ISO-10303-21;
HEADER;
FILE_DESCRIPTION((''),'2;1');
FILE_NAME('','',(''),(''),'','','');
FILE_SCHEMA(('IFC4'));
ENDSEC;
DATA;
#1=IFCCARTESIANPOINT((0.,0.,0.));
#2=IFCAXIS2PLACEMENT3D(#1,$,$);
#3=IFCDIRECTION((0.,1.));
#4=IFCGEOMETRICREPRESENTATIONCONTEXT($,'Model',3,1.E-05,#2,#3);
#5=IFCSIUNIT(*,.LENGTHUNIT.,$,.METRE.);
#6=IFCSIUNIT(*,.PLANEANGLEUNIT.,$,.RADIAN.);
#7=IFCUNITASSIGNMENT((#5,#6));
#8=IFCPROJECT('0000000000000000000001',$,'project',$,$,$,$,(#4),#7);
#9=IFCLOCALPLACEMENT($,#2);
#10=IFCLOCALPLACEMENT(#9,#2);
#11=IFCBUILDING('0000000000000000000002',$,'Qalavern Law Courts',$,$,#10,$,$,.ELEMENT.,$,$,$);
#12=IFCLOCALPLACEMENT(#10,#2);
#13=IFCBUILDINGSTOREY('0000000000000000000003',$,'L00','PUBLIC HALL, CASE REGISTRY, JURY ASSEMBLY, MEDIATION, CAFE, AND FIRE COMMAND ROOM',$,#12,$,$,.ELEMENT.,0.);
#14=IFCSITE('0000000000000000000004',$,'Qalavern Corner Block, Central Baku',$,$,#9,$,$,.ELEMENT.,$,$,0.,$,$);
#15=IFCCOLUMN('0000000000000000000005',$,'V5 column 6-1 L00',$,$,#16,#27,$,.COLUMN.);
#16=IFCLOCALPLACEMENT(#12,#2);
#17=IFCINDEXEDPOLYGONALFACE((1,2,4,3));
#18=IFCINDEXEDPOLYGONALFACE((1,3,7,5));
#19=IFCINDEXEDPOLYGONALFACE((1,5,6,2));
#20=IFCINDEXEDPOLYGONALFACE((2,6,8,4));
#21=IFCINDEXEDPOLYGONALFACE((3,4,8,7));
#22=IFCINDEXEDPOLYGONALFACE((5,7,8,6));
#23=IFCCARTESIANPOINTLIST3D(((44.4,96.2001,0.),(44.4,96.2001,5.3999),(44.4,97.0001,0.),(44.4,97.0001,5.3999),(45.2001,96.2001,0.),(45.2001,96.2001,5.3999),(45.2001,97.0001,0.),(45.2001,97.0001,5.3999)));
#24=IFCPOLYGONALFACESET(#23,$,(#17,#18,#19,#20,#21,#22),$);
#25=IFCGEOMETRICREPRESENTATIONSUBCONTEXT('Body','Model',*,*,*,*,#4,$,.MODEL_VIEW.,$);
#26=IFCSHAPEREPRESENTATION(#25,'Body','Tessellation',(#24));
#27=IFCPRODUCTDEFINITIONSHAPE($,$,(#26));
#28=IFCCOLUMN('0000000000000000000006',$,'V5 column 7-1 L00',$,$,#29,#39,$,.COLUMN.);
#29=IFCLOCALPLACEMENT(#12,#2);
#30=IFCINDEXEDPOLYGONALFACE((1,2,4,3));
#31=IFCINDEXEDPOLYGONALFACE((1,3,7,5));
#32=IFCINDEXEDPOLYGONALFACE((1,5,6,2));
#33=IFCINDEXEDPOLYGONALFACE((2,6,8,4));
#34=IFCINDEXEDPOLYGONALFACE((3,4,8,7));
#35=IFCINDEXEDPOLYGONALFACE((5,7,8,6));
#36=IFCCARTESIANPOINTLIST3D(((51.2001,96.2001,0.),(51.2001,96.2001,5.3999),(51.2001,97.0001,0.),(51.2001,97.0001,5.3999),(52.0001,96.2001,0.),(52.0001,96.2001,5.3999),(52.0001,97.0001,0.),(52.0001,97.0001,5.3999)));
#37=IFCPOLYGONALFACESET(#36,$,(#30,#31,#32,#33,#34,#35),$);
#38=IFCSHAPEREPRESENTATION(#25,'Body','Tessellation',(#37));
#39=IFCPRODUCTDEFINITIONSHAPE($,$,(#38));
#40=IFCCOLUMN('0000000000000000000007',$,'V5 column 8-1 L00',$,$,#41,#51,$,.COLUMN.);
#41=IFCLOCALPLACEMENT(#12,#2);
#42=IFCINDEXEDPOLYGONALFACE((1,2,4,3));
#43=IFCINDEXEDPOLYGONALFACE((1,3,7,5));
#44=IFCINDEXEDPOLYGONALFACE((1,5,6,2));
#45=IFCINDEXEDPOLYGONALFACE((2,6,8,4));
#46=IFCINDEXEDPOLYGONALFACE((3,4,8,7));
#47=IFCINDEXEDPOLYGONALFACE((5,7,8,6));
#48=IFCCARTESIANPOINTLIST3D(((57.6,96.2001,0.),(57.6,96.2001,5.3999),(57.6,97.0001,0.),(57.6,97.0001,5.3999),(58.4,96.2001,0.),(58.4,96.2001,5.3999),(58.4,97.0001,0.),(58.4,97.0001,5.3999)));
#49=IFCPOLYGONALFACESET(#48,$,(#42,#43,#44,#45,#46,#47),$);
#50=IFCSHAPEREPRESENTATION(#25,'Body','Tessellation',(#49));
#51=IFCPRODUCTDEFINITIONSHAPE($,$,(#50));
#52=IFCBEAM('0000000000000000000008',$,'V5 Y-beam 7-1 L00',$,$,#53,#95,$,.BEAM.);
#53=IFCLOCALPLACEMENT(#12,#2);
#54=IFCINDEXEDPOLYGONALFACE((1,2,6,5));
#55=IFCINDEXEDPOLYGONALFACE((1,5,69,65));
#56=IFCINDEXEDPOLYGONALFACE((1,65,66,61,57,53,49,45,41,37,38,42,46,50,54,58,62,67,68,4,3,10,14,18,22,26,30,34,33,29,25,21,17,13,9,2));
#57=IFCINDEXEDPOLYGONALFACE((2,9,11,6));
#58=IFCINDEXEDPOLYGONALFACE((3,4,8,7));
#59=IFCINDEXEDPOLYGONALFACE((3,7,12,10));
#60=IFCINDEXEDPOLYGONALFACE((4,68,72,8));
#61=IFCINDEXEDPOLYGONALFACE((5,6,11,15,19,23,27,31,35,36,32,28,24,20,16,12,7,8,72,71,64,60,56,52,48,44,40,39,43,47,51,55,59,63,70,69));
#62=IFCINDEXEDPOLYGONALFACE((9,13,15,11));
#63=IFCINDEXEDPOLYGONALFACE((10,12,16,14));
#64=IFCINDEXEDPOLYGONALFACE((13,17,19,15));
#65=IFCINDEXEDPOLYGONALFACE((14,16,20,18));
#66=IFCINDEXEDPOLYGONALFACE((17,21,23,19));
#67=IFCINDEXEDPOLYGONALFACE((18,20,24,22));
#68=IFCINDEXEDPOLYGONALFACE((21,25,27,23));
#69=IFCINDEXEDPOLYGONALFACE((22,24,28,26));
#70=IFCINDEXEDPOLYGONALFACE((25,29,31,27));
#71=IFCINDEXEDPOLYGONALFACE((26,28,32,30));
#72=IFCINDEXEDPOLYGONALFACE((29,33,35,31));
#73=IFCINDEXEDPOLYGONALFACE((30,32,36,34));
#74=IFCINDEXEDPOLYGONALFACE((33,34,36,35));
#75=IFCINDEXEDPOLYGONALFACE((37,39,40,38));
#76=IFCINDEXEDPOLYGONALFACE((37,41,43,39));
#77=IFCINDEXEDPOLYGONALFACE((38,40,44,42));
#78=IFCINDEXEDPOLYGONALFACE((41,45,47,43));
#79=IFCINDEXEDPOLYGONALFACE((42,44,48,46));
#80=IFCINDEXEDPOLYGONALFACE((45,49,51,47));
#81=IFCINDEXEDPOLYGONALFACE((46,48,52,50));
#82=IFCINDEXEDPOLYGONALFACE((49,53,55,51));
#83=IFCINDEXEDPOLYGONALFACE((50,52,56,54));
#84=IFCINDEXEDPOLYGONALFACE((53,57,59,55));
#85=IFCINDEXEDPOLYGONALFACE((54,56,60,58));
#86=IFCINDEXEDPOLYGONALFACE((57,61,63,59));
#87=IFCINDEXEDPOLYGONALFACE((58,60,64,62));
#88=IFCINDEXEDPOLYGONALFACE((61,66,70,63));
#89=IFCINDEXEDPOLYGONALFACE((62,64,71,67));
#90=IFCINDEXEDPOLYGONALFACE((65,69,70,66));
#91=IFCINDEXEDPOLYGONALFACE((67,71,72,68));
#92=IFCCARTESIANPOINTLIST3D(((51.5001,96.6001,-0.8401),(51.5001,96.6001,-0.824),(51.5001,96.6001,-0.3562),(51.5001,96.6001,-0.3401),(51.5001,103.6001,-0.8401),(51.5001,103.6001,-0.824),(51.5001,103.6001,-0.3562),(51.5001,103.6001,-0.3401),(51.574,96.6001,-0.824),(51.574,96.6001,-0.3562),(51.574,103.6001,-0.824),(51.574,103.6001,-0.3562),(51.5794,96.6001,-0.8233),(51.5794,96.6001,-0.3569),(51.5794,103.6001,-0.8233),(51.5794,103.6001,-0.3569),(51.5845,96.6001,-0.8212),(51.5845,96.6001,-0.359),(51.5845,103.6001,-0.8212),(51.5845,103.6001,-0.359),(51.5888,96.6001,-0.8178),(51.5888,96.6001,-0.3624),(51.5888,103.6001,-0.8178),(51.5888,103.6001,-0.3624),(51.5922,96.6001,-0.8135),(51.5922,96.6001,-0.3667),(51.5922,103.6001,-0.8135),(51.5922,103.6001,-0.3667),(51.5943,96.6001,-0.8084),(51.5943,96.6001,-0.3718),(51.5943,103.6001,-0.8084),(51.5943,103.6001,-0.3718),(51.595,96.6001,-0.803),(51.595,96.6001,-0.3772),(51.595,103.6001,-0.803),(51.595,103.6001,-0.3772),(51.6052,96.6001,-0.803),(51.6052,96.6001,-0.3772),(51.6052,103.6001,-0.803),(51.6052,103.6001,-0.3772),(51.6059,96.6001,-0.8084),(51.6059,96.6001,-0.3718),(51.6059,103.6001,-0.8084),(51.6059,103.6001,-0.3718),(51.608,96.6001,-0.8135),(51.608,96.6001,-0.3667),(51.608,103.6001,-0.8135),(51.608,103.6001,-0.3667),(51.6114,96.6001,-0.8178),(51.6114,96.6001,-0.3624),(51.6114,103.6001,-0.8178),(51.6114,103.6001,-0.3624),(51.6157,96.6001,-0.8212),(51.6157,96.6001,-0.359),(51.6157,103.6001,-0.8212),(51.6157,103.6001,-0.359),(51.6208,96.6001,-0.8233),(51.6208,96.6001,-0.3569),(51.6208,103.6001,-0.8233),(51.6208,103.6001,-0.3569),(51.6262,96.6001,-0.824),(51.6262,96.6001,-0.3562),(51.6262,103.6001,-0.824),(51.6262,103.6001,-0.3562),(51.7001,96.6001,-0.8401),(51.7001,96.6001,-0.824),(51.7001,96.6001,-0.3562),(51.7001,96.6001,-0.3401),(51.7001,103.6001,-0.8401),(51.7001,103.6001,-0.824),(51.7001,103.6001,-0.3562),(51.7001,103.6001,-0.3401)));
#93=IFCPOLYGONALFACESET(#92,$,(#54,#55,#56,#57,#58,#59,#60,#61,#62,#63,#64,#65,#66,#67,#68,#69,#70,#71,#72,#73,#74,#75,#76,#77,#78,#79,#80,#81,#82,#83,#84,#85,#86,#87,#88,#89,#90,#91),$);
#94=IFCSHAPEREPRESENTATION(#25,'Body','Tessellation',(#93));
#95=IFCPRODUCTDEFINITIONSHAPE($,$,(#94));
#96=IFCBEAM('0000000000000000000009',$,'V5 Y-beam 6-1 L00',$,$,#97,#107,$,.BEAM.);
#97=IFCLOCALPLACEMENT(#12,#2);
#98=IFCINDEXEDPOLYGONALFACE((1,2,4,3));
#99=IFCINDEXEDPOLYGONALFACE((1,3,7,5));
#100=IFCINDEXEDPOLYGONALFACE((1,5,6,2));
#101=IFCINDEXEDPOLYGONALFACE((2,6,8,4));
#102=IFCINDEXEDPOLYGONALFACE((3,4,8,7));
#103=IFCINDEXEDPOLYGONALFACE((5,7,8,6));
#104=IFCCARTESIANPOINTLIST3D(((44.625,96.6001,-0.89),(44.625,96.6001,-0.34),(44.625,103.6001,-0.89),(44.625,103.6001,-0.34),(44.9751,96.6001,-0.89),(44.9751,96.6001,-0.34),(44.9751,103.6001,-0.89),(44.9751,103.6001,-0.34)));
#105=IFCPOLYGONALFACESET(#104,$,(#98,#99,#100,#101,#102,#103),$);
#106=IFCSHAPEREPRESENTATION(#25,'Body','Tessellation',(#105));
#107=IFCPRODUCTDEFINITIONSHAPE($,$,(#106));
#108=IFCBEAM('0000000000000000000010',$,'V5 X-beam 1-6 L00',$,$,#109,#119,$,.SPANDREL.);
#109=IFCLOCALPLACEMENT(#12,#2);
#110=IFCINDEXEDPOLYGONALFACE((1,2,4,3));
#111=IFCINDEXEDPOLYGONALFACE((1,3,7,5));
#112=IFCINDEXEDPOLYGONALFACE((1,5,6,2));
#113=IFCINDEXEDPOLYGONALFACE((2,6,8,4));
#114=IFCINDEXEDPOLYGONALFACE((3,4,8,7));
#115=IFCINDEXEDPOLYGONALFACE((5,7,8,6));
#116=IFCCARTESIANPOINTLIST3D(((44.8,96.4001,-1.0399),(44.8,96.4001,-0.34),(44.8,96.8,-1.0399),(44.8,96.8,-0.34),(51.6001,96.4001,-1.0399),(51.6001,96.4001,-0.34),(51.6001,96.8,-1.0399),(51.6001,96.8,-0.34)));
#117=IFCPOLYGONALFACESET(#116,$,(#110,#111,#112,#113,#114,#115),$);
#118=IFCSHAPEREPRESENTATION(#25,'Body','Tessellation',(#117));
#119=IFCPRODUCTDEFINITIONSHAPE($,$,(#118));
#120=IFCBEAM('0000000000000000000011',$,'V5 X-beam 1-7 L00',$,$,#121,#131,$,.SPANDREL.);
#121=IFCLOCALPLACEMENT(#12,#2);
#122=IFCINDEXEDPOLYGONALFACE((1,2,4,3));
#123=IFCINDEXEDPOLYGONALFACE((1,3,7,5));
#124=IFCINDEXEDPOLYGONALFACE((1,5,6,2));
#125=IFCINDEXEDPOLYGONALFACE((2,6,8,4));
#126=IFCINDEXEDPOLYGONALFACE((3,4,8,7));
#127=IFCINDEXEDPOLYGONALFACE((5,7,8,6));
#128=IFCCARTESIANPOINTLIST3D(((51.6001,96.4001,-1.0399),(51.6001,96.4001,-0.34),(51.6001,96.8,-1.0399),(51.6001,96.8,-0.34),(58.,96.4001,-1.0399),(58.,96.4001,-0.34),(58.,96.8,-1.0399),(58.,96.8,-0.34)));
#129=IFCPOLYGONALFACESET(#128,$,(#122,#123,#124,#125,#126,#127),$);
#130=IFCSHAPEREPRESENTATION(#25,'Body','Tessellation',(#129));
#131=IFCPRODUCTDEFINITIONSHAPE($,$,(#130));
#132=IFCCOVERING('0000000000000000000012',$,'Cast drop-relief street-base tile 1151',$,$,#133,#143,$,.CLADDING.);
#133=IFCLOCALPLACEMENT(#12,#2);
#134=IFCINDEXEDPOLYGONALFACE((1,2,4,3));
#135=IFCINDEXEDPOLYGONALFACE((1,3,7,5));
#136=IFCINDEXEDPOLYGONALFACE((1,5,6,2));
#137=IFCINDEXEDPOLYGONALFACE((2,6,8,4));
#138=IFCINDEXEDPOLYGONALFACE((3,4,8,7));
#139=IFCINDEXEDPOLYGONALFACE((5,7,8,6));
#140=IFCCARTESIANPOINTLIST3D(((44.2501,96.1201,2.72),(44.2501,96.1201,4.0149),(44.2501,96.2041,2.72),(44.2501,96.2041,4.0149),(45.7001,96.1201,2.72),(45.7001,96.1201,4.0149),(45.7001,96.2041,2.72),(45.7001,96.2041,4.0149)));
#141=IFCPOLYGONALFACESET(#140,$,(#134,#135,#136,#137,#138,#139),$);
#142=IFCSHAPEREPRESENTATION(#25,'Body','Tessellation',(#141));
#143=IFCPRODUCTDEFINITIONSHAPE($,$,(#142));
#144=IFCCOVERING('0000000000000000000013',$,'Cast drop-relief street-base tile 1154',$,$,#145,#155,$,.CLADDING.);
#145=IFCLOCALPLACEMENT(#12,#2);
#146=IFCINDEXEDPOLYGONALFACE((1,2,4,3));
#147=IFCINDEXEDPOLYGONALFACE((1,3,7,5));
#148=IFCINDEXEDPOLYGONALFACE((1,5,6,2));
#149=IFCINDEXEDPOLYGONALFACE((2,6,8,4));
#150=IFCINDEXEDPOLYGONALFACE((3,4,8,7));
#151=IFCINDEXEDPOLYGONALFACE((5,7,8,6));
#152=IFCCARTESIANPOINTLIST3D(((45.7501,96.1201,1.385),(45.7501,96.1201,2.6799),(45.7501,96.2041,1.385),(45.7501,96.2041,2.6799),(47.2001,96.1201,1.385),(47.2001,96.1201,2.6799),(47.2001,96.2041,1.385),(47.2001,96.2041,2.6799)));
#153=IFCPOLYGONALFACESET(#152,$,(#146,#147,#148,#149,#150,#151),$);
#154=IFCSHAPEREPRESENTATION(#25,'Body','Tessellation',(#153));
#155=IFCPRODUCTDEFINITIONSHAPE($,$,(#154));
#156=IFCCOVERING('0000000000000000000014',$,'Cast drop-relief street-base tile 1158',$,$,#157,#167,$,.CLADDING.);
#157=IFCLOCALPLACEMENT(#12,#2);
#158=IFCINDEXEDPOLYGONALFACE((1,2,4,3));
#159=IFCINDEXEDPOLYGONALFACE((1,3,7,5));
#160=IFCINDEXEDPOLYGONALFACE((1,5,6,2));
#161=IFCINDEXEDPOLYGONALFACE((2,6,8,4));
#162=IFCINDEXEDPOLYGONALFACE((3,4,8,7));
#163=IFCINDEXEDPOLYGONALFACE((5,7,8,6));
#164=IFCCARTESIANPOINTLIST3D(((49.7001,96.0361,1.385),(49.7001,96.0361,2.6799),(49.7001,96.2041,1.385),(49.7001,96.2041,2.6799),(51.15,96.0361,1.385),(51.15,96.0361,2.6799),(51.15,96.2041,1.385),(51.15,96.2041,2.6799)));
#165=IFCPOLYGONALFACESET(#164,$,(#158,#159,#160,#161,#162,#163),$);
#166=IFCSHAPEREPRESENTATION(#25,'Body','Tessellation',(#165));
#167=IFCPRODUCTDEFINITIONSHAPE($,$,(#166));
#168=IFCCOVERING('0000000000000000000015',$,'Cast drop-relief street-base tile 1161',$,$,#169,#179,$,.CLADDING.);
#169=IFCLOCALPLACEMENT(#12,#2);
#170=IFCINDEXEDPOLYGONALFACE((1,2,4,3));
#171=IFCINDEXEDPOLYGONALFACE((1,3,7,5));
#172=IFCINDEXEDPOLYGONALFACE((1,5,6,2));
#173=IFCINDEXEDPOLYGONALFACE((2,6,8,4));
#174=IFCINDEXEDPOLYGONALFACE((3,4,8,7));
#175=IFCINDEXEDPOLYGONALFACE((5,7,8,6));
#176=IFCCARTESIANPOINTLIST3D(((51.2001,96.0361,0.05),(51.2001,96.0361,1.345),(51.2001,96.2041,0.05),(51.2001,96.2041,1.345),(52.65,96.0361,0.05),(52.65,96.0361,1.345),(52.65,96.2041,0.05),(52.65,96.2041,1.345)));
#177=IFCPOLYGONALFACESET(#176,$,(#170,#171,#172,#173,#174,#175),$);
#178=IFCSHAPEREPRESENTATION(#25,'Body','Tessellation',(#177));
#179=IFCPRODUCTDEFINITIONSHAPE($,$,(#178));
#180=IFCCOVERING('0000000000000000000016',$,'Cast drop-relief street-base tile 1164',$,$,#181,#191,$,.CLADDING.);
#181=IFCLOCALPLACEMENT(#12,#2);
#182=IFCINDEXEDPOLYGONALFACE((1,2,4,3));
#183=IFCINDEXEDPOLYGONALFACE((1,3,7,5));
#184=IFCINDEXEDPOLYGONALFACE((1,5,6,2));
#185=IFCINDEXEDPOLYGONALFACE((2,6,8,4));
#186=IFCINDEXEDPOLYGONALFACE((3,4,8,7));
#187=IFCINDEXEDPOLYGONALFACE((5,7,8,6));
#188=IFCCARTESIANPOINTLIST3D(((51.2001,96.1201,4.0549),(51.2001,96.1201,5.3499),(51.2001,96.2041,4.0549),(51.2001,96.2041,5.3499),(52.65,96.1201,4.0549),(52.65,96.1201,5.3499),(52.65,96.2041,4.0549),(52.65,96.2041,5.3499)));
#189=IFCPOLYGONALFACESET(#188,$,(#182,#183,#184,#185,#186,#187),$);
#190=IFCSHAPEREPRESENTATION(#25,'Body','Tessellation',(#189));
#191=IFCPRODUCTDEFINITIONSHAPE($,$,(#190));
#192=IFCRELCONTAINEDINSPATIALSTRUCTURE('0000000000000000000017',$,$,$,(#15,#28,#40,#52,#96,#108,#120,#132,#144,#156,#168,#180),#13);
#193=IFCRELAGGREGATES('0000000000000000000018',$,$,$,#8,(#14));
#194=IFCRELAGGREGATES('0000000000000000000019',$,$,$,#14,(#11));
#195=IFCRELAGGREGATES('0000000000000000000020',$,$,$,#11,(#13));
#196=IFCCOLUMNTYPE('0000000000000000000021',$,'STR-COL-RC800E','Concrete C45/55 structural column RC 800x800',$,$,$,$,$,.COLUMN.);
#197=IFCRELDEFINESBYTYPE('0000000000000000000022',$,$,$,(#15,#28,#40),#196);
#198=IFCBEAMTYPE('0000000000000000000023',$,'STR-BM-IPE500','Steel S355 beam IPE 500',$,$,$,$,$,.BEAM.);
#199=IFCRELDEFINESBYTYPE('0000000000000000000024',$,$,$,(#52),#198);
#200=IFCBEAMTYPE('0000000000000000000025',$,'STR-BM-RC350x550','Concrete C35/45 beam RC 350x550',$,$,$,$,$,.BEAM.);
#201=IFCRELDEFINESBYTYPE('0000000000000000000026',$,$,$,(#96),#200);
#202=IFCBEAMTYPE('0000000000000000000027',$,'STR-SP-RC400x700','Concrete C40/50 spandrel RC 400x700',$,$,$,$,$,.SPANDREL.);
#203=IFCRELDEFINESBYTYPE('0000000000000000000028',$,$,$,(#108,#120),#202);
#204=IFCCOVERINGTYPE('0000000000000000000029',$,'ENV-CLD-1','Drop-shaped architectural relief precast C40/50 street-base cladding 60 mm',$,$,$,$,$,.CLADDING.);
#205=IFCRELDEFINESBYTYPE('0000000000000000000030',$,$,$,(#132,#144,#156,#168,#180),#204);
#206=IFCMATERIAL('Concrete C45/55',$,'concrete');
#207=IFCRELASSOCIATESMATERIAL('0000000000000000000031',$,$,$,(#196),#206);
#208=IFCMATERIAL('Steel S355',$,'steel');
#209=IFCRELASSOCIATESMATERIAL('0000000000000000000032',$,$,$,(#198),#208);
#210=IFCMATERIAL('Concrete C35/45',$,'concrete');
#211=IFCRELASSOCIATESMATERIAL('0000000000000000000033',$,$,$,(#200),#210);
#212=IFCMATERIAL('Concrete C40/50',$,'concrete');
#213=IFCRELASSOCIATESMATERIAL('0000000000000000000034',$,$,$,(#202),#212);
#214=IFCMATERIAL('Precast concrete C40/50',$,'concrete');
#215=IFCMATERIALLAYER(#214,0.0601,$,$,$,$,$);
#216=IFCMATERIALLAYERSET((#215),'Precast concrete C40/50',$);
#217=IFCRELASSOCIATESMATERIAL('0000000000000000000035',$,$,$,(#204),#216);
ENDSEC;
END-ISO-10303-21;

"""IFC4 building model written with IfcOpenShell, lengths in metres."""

from ifc_helpers import new_model, si_unit, direction, frame, origin, origin_2d, place, context, subcontext, project, spatial, rectangle, i_section, extrude, material, layer, layer_set, material_profile, profile_set, type_object, element, save


model = new_model("IFC4")

# Units and contexts
model_context = context("Model", 3, precision=1e-05, world=origin(), true_north=direction((0.0, 1.0)))
body_context = subcontext(model_context, "Body", "Model", "MODEL_VIEW")
ifc_project = project(units=[si_unit("LENGTHUNIT", "METRE"), si_unit("PLANEANGLEUNIT", "RADIAN")], contexts=[model_context])

# Site, building, storey
site_placement = place(None, origin())
site = spatial("IfcSite", under=ifc_project, at=site_placement, Name="Qalavern Corner Block, Central Baku", CompositionType="ELEMENT", RefElevation=0.0)
building_placement = place(site_placement, origin())
building = spatial("IfcBuilding", under=site, at=building_placement, Name="Qalavern Law Courts", CompositionType="ELEMENT")
storey_placement = place(building_placement, origin())
storey = spatial("IfcBuildingStorey", under=building, at=storey_placement, Name="L00", Description="PUBLIC HALL, CASE REGISTRY, JURY ASSEMBLY, MEDIATION, CAFE, AND FIRE COMMAND ROOM", CompositionType="ELEMENT", Elevation=0.0)

# Columns
ifc_material_1 = material(Name="Concrete C45/55", Category="concrete")
ifc_material_profile_1 = material_profile(ifc_material_1, rectangle(XDim=0.8, YDim=0.8, at=origin_2d()), Name="RC 800x800")
ifc_profile_set_1 = profile_set([ifc_material_profile_1], Name="Concrete C45/55")
column_type = type_object("IfcColumnType", Name="STR-COL-RC800E", Description="Concrete C45/55 structural column RC 800x800", PredefinedType="COLUMN", material=ifc_profile_set_1)
for number, where, z_axis, x_axis, name in (
    (1, (44.8, 96.6001, 0.0), (0.0, 0.0, 1.0), (1.0, 0.0, 0.0), "V5 column 6-1 L00"),
    (2, (51.6001, 96.6001, 0.0), (0.0, 0.0, 1.0), (1.0, 0.0, 0.0), "V5 column 7-1 L00"),
    (3, (58.0, 96.6001, 0.0), (0.0, 0.0, 1.0), (1.0, 0.0, 0.0), "V5 column 8-1 L00"),
):
    element("IfcColumn", number, at=place(storey_placement, frame(where, z_axis=z_axis, x_axis=x_axis)), inside=storey, type_object=column_type, Name=name, PredefinedType="COLUMN", context=body_context, shape_type="SweptSolid", body=[
        extrude(rectangle(XDim=0.8, YDim=0.8, at=origin_2d()), origin(), (0.0, 0.0, 1.0), 5.3999),
    ])

# Beams
ifc_material_2 = material(Name="Steel S355", Category="steel")
ifc_material_profile_2 = material_profile(ifc_material_2, i_section(OverallWidth=0.2, OverallDepth=0.5, WebThickness=0.0103, FlangeThickness=0.0161, FilletRadius=0.021, at=origin_2d()), Name="IPE 500")
ifc_profile_set_2 = profile_set([ifc_material_profile_2], Name="Steel S355")
beam_type_1 = type_object("IfcBeamType", Name="STR-BM-IPE500", Description="Steel S355 beam IPE 500", PredefinedType="BEAM", material=ifc_profile_set_2)
beam_1_placement = place(storey_placement, frame((51.6001, 96.6001, -0.5901), z_axis=(0.0, 1.0, 0.0), x_axis=(-1.0, 0.0, 0.0)))
element("IfcBeam", 4, at=beam_1_placement, inside=storey, type_object=beam_type_1, Name="V5 Y-beam 7-1 L00", PredefinedType="BEAM", context=body_context, shape_type="SweptSolid", body=[
    extrude(i_section(OverallWidth=0.2, OverallDepth=0.5, WebThickness=0.0103, FlangeThickness=0.0161, FilletRadius=0.021, at=origin_2d()), origin(), (0.0, 0.0, 1.0), 7.0),
])
ifc_material_3 = material(Name="Concrete C35/45", Category="concrete")
ifc_material_profile_3 = material_profile(ifc_material_3, rectangle(XDim=0.3501, YDim=0.55, at=origin_2d()), Name="RC 350x550")
ifc_profile_set_3 = profile_set([ifc_material_profile_3], Name="Concrete C35/45")
beam_type_2 = type_object("IfcBeamType", Name="STR-BM-RC350x550", Description="Concrete C35/45 beam RC 350x550", PredefinedType="BEAM", material=ifc_profile_set_3)
beam_2_placement = place(storey_placement, frame((44.8, 96.6001, -0.615), z_axis=(0.0, 1.0, 0.0), x_axis=(-1.0, 0.0, 0.0)))
element("IfcBeam", 5, at=beam_2_placement, inside=storey, type_object=beam_type_2, Name="V5 Y-beam 6-1 L00", PredefinedType="BEAM", context=body_context, shape_type="SweptSolid", body=[
    extrude(rectangle(XDim=0.3501, YDim=0.55, at=origin_2d()), origin(), (0.0, 0.0, 1.0), 7.0),
])
ifc_material_4 = material(Name="Concrete C40/50", Category="concrete")
ifc_material_profile_4 = material_profile(ifc_material_4, rectangle(XDim=0.3999, YDim=0.7, at=origin_2d()), Name="RC 400x700")
ifc_profile_set_4 = profile_set([ifc_material_profile_4], Name="Concrete C40/50")
beam_type_3 = type_object("IfcBeamType", Name="STR-SP-RC400x700", Description="Concrete C40/50 spandrel RC 400x700", PredefinedType="SPANDREL", material=ifc_profile_set_4)
beam_3_placement = place(storey_placement, frame((44.8, 96.6001, -0.6899), z_axis=(1.0, 0.0, 0.0), x_axis=(0.0, 1.0, 0.0)))
element("IfcBeam", 6, at=beam_3_placement, inside=storey, type_object=beam_type_3, Name="V5 X-beam 1-6 L00", PredefinedType="SPANDREL", context=body_context, shape_type="SweptSolid", body=[
    extrude(rectangle(XDim=0.3999, YDim=0.7, at=origin_2d()), origin(), (0.0, 0.0, 1.0), 6.8),
])
beam_4_placement = place(storey_placement, frame((51.6001, 96.6001, -0.6899), z_axis=(1.0, 0.0, 0.0), x_axis=(0.0, 1.0, 0.0)))
element("IfcBeam", 7, at=beam_4_placement, inside=storey, type_object=beam_type_3, Name="V5 X-beam 1-7 L00", PredefinedType="SPANDREL", context=body_context, shape_type="SweptSolid", body=[
    extrude(rectangle(XDim=0.3999, YDim=0.7, at=origin_2d()), origin(), (0.0, 0.0, 1.0), 6.3999),
])

# Coverings
ifc_material_5 = material(Name="Precast concrete C40/50", Category="concrete")
ifc_layer_1 = layer(ifc_material_5, 0.0601)
ifc_layer_set_1 = layer_set([ifc_layer_1], Name="Precast concrete C40/50")
covering_type_1 = type_object("IfcCoveringType", Name="ENV-CLD-1", Description="Drop-shaped architectural relief precast C40/50 street-base cladding 60 mm", PredefinedType="CLADDING", material=ifc_layer_set_1)
for number, where, z_axis, x_axis, name in (
    (8, (44.9751, 96.1621, 2.72), (0.0, 0.0, 1.0), (1.0, 0.0, 0.0), "Cast drop-relief street-base tile 1151"),
    (9, (46.4751, 96.1621, 1.385), (0.0, 0.0, 1.0), (1.0, 0.0, 0.0), "Cast drop-relief street-base tile 1154"),
):
    element("IfcCovering", number, at=place(storey_placement, frame(where, z_axis=z_axis, x_axis=x_axis)), inside=storey, type_object=covering_type_1, Name=name, PredefinedType="CLADDING", context=body_context, shape_type="SweptSolid", body=[
        extrude(rectangle(XDim=1.45, YDim=0.084, at=origin_2d()), origin(), (0.0, 0.0, 1.0), 1.2949),
    ])
for number, where, z_axis, x_axis, name in (
    (10, (50.425, 96.1201, 1.385), (0.0, 0.0, 1.0), (1.0, 0.0, 0.0), "Cast drop-relief street-base tile 1158"),
    (11, (51.925, 96.1201, 0.05), (0.0, 0.0, 1.0), (1.0, 0.0, 0.0), "Cast drop-relief street-base tile 1161"),
):
    element("IfcCovering", number, at=place(storey_placement, frame(where, z_axis=z_axis, x_axis=x_axis)), inside=storey, type_object=covering_type_1, Name=name, PredefinedType="CLADDING", context=body_context, shape_type="SweptSolid", body=[
        extrude(rectangle(XDim=1.45, YDim=0.168, at=origin_2d()), origin(), (0.0, 0.0, 1.0), 1.2949),
    ])
for number, where, z_axis, x_axis, name in (
    (12, (51.925, 96.1621, 4.0549), (0.0, 0.0, 1.0), (1.0, 0.0, 0.0), "Cast drop-relief street-base tile 1164"),
):
    element("IfcCovering", number, at=place(storey_placement, frame(where, z_axis=z_axis, x_axis=x_axis)), inside=storey, type_object=covering_type_1, Name=name, PredefinedType="CLADDING", context=body_context, shape_type="SweptSolid", body=[
        extrude(rectangle(XDim=1.45, YDim=0.084, at=origin_2d()), origin(), (0.0, 0.0, 1.0), 1.2949),
    ])

save(model, "model.ifc")
